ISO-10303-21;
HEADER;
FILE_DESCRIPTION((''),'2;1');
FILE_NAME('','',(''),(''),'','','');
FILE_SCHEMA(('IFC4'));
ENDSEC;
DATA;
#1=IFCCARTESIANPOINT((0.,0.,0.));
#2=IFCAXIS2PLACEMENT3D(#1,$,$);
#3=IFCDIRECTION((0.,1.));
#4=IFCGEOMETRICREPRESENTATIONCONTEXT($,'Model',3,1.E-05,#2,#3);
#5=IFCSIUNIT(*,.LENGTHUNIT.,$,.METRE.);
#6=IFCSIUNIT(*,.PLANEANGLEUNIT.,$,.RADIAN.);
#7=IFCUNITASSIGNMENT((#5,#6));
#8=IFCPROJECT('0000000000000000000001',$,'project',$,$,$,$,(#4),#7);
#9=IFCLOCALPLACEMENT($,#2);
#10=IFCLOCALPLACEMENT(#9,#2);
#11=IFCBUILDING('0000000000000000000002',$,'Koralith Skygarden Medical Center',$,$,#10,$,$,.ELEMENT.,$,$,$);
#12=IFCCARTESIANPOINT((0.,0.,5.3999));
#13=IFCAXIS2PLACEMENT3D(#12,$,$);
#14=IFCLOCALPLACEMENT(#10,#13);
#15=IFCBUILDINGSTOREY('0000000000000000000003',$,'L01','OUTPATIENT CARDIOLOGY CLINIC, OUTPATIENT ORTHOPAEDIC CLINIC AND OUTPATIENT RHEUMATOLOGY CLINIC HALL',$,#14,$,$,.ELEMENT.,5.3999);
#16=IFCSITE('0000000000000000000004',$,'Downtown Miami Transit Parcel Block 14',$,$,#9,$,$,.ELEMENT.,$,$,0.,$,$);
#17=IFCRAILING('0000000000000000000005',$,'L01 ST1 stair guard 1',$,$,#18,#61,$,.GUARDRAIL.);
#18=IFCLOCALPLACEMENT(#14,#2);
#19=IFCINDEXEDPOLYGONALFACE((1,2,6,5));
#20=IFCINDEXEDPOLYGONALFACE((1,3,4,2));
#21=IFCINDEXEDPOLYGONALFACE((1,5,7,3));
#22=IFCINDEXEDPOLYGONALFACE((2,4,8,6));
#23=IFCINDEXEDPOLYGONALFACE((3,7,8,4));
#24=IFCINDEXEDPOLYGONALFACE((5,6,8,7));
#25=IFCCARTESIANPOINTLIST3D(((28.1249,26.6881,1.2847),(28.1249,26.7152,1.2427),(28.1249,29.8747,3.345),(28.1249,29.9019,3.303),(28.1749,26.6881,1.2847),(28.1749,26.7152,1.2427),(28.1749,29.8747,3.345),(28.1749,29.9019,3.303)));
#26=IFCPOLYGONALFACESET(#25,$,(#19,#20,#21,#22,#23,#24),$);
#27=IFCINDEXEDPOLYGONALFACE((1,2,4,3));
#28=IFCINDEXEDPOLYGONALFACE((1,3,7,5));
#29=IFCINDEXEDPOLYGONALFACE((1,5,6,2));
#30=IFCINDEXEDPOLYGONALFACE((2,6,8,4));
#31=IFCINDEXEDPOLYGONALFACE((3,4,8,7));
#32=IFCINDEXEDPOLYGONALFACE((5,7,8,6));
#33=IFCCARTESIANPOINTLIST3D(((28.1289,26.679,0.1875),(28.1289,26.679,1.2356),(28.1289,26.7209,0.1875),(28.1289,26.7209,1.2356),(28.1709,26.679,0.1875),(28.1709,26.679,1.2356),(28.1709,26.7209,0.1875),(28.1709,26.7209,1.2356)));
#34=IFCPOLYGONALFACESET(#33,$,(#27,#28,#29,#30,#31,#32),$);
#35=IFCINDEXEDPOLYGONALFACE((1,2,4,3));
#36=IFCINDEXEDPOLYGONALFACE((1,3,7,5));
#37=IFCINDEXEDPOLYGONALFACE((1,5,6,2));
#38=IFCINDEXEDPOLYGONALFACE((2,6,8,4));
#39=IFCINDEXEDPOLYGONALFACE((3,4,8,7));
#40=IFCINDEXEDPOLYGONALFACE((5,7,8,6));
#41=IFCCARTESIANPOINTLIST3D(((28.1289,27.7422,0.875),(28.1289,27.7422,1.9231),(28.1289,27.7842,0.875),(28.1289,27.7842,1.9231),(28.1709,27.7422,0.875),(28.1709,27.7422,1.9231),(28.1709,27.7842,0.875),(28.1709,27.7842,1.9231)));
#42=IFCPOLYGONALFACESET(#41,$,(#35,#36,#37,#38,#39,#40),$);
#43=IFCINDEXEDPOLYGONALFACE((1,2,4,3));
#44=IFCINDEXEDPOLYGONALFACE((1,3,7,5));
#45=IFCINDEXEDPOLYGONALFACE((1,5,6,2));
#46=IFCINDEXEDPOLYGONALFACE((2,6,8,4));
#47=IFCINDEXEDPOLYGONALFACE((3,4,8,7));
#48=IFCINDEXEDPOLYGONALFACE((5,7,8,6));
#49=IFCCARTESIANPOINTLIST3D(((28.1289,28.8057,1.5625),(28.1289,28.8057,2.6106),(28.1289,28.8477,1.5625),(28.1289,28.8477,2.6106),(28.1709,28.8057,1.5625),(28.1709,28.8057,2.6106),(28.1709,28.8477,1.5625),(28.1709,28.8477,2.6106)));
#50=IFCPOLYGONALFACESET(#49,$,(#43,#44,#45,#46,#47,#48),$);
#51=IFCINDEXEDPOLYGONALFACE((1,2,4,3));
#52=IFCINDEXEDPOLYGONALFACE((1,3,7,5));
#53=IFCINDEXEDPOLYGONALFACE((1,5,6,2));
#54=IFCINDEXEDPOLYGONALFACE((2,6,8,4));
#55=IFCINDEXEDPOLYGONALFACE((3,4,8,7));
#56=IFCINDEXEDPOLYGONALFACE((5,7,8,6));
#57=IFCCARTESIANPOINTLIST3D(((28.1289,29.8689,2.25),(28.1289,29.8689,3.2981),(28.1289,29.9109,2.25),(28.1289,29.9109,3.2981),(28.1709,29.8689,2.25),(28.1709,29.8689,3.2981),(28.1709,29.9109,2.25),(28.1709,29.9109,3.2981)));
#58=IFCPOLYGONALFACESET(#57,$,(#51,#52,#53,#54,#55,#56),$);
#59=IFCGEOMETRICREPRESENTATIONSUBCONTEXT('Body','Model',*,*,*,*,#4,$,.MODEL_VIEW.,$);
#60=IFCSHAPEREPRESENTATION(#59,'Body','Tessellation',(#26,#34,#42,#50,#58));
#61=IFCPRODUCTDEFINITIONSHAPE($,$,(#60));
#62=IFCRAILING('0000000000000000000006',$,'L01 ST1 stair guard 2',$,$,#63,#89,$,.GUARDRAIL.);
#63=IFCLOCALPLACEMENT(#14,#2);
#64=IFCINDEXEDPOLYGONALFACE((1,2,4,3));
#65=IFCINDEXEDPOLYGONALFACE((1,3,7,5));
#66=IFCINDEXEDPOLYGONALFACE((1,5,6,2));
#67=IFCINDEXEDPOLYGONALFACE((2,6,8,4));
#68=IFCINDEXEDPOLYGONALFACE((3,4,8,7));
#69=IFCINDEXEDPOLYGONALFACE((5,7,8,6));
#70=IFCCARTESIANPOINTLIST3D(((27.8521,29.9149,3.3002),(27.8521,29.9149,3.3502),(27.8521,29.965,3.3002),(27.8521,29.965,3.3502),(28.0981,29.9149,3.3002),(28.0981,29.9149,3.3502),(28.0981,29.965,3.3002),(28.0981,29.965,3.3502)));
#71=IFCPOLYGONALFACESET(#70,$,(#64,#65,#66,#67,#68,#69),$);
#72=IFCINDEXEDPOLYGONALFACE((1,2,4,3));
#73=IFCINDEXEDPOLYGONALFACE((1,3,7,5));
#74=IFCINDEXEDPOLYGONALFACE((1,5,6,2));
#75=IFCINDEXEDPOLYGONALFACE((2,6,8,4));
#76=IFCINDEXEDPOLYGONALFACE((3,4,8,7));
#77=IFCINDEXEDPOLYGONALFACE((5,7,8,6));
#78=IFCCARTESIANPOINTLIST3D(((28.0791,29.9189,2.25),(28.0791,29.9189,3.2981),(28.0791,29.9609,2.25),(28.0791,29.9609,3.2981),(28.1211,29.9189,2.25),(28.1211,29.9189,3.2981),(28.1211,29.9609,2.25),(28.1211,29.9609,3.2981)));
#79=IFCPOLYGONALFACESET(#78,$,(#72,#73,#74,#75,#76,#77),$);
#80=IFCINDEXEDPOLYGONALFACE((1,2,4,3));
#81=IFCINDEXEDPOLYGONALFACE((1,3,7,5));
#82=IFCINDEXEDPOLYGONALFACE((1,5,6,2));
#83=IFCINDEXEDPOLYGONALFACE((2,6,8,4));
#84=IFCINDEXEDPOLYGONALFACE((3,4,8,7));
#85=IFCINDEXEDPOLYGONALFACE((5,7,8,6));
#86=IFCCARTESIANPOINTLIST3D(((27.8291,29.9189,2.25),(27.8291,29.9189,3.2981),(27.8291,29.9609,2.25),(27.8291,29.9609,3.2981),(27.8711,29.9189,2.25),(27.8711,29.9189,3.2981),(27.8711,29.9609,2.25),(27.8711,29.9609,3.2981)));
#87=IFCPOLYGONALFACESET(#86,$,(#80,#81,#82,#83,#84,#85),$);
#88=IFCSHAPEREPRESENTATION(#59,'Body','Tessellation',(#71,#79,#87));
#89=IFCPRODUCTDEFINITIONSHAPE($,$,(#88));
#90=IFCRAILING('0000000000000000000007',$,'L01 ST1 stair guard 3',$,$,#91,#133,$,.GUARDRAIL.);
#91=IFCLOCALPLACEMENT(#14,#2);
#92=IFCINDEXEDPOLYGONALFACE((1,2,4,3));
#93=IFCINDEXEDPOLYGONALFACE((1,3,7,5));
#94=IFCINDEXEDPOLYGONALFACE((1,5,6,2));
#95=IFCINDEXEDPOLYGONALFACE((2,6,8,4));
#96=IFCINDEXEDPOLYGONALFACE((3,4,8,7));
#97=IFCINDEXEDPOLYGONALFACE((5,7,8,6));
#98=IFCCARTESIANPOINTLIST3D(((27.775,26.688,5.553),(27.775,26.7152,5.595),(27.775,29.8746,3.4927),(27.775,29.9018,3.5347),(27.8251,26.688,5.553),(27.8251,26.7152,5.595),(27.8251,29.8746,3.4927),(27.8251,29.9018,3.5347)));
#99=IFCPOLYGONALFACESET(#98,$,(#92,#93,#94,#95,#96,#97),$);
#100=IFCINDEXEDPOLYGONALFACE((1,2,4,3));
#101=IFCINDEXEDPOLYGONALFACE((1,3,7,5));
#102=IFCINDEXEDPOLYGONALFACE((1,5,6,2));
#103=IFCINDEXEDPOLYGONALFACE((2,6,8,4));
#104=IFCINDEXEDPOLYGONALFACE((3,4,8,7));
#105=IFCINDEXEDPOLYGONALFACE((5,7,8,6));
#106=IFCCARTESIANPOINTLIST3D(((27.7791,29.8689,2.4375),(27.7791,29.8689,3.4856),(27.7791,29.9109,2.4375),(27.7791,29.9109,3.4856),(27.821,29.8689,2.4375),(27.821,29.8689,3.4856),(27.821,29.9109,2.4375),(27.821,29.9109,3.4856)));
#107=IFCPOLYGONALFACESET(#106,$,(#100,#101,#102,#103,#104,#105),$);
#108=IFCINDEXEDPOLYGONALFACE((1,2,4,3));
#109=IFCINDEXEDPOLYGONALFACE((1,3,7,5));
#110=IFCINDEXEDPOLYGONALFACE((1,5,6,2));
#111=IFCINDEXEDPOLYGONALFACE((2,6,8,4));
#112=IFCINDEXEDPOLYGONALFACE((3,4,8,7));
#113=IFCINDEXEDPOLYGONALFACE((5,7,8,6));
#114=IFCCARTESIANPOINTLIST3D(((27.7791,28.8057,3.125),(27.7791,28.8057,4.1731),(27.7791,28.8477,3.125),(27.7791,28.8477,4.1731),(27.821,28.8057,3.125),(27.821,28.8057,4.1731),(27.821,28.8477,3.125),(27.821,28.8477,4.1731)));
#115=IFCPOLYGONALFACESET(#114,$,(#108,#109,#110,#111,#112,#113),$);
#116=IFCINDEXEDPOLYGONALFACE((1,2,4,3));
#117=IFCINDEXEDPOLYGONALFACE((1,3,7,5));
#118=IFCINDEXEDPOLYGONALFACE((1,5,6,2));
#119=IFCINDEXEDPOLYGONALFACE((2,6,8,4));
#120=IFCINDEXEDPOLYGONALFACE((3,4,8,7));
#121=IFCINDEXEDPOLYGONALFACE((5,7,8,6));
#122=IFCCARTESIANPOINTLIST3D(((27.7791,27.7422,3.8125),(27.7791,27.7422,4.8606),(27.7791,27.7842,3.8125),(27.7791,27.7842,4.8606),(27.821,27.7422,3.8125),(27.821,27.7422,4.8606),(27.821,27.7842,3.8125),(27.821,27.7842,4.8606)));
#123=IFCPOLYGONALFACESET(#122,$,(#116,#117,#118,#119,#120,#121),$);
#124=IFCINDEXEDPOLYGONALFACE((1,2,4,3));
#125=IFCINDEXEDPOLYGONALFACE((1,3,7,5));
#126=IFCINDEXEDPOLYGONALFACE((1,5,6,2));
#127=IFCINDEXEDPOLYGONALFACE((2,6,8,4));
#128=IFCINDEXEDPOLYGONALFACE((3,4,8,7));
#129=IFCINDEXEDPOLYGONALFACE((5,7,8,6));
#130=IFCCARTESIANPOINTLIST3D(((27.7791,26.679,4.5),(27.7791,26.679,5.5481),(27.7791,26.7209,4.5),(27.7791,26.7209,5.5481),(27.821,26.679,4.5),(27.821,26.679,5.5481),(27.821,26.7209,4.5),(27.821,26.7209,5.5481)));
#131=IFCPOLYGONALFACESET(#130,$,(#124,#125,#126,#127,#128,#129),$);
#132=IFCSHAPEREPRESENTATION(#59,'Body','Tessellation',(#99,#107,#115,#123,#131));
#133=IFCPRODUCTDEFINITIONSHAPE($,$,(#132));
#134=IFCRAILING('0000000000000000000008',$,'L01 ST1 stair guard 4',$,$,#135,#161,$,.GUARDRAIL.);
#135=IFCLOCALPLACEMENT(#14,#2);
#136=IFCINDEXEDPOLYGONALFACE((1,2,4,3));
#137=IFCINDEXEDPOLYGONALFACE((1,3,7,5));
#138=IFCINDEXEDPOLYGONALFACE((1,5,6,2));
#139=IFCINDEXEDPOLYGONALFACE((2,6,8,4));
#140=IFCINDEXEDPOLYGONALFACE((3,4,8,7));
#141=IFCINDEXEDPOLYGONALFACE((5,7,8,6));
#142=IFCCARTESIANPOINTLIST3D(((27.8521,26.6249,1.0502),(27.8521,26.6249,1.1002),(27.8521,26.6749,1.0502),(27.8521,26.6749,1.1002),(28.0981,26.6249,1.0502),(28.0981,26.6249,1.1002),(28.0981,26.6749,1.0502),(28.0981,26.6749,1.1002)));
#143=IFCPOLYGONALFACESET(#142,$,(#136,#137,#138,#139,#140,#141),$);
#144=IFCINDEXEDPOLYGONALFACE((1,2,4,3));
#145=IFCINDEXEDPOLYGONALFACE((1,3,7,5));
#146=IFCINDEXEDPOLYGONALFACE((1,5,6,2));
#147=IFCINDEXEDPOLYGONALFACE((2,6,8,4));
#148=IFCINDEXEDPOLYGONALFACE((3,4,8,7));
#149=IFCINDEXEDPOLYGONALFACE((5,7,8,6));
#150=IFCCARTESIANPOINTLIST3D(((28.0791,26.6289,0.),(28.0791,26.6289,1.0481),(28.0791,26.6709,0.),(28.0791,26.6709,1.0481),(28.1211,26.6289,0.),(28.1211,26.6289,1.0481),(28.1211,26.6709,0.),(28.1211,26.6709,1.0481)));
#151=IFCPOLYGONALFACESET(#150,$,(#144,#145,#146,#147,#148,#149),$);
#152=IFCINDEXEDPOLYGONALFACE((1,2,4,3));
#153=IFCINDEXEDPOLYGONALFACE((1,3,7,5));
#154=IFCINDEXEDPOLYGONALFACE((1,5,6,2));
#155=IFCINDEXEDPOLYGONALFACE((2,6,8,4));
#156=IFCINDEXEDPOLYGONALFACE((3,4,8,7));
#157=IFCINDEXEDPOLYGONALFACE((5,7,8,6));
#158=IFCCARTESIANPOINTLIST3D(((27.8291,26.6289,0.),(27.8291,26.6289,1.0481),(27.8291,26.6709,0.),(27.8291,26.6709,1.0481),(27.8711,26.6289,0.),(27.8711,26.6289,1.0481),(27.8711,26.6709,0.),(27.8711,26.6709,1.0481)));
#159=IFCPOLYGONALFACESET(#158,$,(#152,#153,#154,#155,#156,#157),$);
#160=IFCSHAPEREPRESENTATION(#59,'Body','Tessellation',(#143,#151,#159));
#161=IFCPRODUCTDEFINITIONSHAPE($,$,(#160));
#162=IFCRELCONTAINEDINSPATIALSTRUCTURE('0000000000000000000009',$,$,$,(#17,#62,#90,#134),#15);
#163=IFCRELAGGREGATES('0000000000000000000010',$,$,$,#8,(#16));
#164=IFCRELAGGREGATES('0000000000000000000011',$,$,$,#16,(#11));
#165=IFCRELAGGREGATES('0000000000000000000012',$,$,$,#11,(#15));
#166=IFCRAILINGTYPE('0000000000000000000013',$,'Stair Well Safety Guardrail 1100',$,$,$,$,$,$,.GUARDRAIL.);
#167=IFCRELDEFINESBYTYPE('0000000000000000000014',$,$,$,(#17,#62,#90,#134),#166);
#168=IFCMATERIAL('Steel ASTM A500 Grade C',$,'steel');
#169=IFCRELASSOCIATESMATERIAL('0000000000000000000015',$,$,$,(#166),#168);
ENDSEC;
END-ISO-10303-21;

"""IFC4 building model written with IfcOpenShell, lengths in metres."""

from ifc_helpers import new_model, si_unit, direction, frame, origin, origin_2d, place, context, subcontext, project, spatial, rectangle, extrude, material, type_object, element, save


model = new_model("IFC4")

# Units and contexts
model_context = context("Model", 3, precision=1e-05, world=origin(), true_north=direction((0.0, 1.0)))
body_context = subcontext(model_context, "Body", "Model", "MODEL_VIEW")
ifc_project = project(units=[si_unit("LENGTHUNIT", "METRE"), si_unit("PLANEANGLEUNIT", "RADIAN")], contexts=[model_context])

# Site, building, storey
site_placement = place(None, origin())
site = spatial("IfcSite", under=ifc_project, at=site_placement, Name="Downtown Miami Transit Parcel Block 14", CompositionType="ELEMENT", RefElevation=0.0)
building_placement = place(site_placement, origin())
building = spatial("IfcBuilding", under=site, at=building_placement, Name="Koralith Skygarden Medical Center", CompositionType="ELEMENT")
storey_placement = place(building_placement, frame((0.0, 0.0, 5.3999)))
storey = spatial("IfcBuildingStorey", under=building, at=storey_placement, Name="L01", Description="OUTPATIENT CARDIOLOGY CLINIC, OUTPATIENT ORTHOPAEDIC CLINIC AND OUTPATIENT RHEUMATOLOGY CLINIC HALL", CompositionType="ELEMENT", Elevation=5.3999)

# Shared definitions
ifc_material_1 = material(Name="Steel ASTM A500 Grade C", Category="steel")

# Railings
railing_type_1 = type_object("IfcRailingType", Name="Stair Well Safety Guardrail 1100", PredefinedType="GUARDRAIL", material=ifc_material_1)
railing_1_placement = place(storey_placement, frame((28.1499, 26.7, 0.1875)))
element("IfcRailing", 1, at=railing_1_placement, inside=storey, type_object=railing_type_1, Name="L01 ST1 stair guard 1", PredefinedType="GUARDRAIL", context=body_context, shape_type="SweptSolid", body=[
    extrude(rectangle(XDim=0.05, YDim=0.05, at=origin_2d()), frame((0.0, 0.0017, 1.0762), z_axis=(0.0, 0.83976, 0.542958), x_axis=(-1.0, 0.0, 0.0)), (0.0, 0.0, 1.0), 3.7947),
    extrude(rectangle(XDim=0.042, YDim=0.042, at=origin_2d()), origin(), (0.0, 0.0, 1.0), 1.0481),
    extrude(rectangle(XDim=0.042, YDim=0.042, at=origin_2d()), frame((0.0, 1.0632, 0.6875)), (0.0, 0.0, 1.0), 1.0481),
    extrude(rectangle(XDim=0.042, YDim=0.042, at=origin_2d()), frame((0.0, 2.1267, 1.375)), (0.0, 0.0, 1.0), 1.0481),
    extrude(rectangle(XDim=0.042, YDim=0.042, at=origin_2d()), frame((0.0, 3.1899, 2.0625)), (0.0, 0.0, 1.0), 1.0481),
])
railing_2_placement = place(storey_placement, frame((28.1001, 29.9399, 2.25)))
element("IfcRailing", 2, at=railing_2_placement, inside=storey, type_object=railing_type_1, Name="L01 ST1 stair guard 2", PredefinedType="GUARDRAIL", context=body_context, shape_type="SweptSolid", body=[
    extrude(rectangle(XDim=0.05, YDim=0.05, at=origin_2d()), frame((-0.002, 0.0, 1.0752), z_axis=(-1.0, 0.0, 0.0), x_axis=(0.0, -1.0, 0.0)), (0.0, 0.0, 1.0), 0.2461),
    extrude(rectangle(XDim=0.042, YDim=0.042, at=origin_2d()), origin(), (0.0, 0.0, 1.0), 1.0481),
    extrude(rectangle(XDim=0.042, YDim=0.042, at=origin_2d()), frame((-0.25, 0.0, 0.0)), (0.0, 0.0, 1.0), 1.0481),
])
railing_3_placement = place(storey_placement, frame((27.8, 29.8899, 2.4375)))
element("IfcRailing", 3, at=railing_3_placement, inside=storey, type_object=railing_type_1, Name="L01 ST1 stair guard 3", PredefinedType="GUARDRAIL", context=body_context, shape_type="SweptSolid", body=[
    extrude(rectangle(XDim=0.05, YDim=0.05, at=origin_2d()), frame((0.0, -0.0017, 1.0762), z_axis=(0.0, -0.83976, 0.542958), x_axis=(1.0, 0.0, 0.0)), (0.0, 0.0, 1.0), 3.7947),
    extrude(rectangle(XDim=0.042, YDim=0.042, at=origin_2d()), origin(), (0.0, 0.0, 1.0), 1.0481),
    extrude(rectangle(XDim=0.042, YDim=0.042, at=origin_2d()), frame((0.0, -1.0632, 0.6875)), (0.0, 0.0, 1.0), 1.0481),
    extrude(rectangle(XDim=0.042, YDim=0.042, at=origin_2d()), frame((0.0, -2.1267, 1.375)), (0.0, 0.0, 1.0), 1.0481),
    extrude(rectangle(XDim=0.042, YDim=0.042, at=origin_2d()), frame((0.0, -3.1899, 2.0625)), (0.0, 0.0, 1.0), 1.0481),
])
railing_4_placement = place(storey_placement, frame((28.1001, 26.6499, 0.0)))
element("IfcRailing", 4, at=railing_4_placement, inside=storey, type_object=railing_type_1, Name="L01 ST1 stair guard 4", PredefinedType="GUARDRAIL", context=body_context, shape_type="SweptSolid", body=[
    extrude(rectangle(XDim=0.05, YDim=0.05, at=origin_2d()), frame((-0.002, 0.0, 1.0752), z_axis=(-1.0, 0.0, 0.0), x_axis=(0.0, -1.0, 0.0)), (0.0, 0.0, 1.0), 0.2461),
    extrude(rectangle(XDim=0.042, YDim=0.042, at=origin_2d()), origin(), (0.0, 0.0, 1.0), 1.0481),
    extrude(rectangle(XDim=0.042, YDim=0.042, at=origin_2d()), frame((-0.25, 0.0, 0.0)), (0.0, 0.0, 1.0), 1.0481),
])

save(model, "model.ifc")
